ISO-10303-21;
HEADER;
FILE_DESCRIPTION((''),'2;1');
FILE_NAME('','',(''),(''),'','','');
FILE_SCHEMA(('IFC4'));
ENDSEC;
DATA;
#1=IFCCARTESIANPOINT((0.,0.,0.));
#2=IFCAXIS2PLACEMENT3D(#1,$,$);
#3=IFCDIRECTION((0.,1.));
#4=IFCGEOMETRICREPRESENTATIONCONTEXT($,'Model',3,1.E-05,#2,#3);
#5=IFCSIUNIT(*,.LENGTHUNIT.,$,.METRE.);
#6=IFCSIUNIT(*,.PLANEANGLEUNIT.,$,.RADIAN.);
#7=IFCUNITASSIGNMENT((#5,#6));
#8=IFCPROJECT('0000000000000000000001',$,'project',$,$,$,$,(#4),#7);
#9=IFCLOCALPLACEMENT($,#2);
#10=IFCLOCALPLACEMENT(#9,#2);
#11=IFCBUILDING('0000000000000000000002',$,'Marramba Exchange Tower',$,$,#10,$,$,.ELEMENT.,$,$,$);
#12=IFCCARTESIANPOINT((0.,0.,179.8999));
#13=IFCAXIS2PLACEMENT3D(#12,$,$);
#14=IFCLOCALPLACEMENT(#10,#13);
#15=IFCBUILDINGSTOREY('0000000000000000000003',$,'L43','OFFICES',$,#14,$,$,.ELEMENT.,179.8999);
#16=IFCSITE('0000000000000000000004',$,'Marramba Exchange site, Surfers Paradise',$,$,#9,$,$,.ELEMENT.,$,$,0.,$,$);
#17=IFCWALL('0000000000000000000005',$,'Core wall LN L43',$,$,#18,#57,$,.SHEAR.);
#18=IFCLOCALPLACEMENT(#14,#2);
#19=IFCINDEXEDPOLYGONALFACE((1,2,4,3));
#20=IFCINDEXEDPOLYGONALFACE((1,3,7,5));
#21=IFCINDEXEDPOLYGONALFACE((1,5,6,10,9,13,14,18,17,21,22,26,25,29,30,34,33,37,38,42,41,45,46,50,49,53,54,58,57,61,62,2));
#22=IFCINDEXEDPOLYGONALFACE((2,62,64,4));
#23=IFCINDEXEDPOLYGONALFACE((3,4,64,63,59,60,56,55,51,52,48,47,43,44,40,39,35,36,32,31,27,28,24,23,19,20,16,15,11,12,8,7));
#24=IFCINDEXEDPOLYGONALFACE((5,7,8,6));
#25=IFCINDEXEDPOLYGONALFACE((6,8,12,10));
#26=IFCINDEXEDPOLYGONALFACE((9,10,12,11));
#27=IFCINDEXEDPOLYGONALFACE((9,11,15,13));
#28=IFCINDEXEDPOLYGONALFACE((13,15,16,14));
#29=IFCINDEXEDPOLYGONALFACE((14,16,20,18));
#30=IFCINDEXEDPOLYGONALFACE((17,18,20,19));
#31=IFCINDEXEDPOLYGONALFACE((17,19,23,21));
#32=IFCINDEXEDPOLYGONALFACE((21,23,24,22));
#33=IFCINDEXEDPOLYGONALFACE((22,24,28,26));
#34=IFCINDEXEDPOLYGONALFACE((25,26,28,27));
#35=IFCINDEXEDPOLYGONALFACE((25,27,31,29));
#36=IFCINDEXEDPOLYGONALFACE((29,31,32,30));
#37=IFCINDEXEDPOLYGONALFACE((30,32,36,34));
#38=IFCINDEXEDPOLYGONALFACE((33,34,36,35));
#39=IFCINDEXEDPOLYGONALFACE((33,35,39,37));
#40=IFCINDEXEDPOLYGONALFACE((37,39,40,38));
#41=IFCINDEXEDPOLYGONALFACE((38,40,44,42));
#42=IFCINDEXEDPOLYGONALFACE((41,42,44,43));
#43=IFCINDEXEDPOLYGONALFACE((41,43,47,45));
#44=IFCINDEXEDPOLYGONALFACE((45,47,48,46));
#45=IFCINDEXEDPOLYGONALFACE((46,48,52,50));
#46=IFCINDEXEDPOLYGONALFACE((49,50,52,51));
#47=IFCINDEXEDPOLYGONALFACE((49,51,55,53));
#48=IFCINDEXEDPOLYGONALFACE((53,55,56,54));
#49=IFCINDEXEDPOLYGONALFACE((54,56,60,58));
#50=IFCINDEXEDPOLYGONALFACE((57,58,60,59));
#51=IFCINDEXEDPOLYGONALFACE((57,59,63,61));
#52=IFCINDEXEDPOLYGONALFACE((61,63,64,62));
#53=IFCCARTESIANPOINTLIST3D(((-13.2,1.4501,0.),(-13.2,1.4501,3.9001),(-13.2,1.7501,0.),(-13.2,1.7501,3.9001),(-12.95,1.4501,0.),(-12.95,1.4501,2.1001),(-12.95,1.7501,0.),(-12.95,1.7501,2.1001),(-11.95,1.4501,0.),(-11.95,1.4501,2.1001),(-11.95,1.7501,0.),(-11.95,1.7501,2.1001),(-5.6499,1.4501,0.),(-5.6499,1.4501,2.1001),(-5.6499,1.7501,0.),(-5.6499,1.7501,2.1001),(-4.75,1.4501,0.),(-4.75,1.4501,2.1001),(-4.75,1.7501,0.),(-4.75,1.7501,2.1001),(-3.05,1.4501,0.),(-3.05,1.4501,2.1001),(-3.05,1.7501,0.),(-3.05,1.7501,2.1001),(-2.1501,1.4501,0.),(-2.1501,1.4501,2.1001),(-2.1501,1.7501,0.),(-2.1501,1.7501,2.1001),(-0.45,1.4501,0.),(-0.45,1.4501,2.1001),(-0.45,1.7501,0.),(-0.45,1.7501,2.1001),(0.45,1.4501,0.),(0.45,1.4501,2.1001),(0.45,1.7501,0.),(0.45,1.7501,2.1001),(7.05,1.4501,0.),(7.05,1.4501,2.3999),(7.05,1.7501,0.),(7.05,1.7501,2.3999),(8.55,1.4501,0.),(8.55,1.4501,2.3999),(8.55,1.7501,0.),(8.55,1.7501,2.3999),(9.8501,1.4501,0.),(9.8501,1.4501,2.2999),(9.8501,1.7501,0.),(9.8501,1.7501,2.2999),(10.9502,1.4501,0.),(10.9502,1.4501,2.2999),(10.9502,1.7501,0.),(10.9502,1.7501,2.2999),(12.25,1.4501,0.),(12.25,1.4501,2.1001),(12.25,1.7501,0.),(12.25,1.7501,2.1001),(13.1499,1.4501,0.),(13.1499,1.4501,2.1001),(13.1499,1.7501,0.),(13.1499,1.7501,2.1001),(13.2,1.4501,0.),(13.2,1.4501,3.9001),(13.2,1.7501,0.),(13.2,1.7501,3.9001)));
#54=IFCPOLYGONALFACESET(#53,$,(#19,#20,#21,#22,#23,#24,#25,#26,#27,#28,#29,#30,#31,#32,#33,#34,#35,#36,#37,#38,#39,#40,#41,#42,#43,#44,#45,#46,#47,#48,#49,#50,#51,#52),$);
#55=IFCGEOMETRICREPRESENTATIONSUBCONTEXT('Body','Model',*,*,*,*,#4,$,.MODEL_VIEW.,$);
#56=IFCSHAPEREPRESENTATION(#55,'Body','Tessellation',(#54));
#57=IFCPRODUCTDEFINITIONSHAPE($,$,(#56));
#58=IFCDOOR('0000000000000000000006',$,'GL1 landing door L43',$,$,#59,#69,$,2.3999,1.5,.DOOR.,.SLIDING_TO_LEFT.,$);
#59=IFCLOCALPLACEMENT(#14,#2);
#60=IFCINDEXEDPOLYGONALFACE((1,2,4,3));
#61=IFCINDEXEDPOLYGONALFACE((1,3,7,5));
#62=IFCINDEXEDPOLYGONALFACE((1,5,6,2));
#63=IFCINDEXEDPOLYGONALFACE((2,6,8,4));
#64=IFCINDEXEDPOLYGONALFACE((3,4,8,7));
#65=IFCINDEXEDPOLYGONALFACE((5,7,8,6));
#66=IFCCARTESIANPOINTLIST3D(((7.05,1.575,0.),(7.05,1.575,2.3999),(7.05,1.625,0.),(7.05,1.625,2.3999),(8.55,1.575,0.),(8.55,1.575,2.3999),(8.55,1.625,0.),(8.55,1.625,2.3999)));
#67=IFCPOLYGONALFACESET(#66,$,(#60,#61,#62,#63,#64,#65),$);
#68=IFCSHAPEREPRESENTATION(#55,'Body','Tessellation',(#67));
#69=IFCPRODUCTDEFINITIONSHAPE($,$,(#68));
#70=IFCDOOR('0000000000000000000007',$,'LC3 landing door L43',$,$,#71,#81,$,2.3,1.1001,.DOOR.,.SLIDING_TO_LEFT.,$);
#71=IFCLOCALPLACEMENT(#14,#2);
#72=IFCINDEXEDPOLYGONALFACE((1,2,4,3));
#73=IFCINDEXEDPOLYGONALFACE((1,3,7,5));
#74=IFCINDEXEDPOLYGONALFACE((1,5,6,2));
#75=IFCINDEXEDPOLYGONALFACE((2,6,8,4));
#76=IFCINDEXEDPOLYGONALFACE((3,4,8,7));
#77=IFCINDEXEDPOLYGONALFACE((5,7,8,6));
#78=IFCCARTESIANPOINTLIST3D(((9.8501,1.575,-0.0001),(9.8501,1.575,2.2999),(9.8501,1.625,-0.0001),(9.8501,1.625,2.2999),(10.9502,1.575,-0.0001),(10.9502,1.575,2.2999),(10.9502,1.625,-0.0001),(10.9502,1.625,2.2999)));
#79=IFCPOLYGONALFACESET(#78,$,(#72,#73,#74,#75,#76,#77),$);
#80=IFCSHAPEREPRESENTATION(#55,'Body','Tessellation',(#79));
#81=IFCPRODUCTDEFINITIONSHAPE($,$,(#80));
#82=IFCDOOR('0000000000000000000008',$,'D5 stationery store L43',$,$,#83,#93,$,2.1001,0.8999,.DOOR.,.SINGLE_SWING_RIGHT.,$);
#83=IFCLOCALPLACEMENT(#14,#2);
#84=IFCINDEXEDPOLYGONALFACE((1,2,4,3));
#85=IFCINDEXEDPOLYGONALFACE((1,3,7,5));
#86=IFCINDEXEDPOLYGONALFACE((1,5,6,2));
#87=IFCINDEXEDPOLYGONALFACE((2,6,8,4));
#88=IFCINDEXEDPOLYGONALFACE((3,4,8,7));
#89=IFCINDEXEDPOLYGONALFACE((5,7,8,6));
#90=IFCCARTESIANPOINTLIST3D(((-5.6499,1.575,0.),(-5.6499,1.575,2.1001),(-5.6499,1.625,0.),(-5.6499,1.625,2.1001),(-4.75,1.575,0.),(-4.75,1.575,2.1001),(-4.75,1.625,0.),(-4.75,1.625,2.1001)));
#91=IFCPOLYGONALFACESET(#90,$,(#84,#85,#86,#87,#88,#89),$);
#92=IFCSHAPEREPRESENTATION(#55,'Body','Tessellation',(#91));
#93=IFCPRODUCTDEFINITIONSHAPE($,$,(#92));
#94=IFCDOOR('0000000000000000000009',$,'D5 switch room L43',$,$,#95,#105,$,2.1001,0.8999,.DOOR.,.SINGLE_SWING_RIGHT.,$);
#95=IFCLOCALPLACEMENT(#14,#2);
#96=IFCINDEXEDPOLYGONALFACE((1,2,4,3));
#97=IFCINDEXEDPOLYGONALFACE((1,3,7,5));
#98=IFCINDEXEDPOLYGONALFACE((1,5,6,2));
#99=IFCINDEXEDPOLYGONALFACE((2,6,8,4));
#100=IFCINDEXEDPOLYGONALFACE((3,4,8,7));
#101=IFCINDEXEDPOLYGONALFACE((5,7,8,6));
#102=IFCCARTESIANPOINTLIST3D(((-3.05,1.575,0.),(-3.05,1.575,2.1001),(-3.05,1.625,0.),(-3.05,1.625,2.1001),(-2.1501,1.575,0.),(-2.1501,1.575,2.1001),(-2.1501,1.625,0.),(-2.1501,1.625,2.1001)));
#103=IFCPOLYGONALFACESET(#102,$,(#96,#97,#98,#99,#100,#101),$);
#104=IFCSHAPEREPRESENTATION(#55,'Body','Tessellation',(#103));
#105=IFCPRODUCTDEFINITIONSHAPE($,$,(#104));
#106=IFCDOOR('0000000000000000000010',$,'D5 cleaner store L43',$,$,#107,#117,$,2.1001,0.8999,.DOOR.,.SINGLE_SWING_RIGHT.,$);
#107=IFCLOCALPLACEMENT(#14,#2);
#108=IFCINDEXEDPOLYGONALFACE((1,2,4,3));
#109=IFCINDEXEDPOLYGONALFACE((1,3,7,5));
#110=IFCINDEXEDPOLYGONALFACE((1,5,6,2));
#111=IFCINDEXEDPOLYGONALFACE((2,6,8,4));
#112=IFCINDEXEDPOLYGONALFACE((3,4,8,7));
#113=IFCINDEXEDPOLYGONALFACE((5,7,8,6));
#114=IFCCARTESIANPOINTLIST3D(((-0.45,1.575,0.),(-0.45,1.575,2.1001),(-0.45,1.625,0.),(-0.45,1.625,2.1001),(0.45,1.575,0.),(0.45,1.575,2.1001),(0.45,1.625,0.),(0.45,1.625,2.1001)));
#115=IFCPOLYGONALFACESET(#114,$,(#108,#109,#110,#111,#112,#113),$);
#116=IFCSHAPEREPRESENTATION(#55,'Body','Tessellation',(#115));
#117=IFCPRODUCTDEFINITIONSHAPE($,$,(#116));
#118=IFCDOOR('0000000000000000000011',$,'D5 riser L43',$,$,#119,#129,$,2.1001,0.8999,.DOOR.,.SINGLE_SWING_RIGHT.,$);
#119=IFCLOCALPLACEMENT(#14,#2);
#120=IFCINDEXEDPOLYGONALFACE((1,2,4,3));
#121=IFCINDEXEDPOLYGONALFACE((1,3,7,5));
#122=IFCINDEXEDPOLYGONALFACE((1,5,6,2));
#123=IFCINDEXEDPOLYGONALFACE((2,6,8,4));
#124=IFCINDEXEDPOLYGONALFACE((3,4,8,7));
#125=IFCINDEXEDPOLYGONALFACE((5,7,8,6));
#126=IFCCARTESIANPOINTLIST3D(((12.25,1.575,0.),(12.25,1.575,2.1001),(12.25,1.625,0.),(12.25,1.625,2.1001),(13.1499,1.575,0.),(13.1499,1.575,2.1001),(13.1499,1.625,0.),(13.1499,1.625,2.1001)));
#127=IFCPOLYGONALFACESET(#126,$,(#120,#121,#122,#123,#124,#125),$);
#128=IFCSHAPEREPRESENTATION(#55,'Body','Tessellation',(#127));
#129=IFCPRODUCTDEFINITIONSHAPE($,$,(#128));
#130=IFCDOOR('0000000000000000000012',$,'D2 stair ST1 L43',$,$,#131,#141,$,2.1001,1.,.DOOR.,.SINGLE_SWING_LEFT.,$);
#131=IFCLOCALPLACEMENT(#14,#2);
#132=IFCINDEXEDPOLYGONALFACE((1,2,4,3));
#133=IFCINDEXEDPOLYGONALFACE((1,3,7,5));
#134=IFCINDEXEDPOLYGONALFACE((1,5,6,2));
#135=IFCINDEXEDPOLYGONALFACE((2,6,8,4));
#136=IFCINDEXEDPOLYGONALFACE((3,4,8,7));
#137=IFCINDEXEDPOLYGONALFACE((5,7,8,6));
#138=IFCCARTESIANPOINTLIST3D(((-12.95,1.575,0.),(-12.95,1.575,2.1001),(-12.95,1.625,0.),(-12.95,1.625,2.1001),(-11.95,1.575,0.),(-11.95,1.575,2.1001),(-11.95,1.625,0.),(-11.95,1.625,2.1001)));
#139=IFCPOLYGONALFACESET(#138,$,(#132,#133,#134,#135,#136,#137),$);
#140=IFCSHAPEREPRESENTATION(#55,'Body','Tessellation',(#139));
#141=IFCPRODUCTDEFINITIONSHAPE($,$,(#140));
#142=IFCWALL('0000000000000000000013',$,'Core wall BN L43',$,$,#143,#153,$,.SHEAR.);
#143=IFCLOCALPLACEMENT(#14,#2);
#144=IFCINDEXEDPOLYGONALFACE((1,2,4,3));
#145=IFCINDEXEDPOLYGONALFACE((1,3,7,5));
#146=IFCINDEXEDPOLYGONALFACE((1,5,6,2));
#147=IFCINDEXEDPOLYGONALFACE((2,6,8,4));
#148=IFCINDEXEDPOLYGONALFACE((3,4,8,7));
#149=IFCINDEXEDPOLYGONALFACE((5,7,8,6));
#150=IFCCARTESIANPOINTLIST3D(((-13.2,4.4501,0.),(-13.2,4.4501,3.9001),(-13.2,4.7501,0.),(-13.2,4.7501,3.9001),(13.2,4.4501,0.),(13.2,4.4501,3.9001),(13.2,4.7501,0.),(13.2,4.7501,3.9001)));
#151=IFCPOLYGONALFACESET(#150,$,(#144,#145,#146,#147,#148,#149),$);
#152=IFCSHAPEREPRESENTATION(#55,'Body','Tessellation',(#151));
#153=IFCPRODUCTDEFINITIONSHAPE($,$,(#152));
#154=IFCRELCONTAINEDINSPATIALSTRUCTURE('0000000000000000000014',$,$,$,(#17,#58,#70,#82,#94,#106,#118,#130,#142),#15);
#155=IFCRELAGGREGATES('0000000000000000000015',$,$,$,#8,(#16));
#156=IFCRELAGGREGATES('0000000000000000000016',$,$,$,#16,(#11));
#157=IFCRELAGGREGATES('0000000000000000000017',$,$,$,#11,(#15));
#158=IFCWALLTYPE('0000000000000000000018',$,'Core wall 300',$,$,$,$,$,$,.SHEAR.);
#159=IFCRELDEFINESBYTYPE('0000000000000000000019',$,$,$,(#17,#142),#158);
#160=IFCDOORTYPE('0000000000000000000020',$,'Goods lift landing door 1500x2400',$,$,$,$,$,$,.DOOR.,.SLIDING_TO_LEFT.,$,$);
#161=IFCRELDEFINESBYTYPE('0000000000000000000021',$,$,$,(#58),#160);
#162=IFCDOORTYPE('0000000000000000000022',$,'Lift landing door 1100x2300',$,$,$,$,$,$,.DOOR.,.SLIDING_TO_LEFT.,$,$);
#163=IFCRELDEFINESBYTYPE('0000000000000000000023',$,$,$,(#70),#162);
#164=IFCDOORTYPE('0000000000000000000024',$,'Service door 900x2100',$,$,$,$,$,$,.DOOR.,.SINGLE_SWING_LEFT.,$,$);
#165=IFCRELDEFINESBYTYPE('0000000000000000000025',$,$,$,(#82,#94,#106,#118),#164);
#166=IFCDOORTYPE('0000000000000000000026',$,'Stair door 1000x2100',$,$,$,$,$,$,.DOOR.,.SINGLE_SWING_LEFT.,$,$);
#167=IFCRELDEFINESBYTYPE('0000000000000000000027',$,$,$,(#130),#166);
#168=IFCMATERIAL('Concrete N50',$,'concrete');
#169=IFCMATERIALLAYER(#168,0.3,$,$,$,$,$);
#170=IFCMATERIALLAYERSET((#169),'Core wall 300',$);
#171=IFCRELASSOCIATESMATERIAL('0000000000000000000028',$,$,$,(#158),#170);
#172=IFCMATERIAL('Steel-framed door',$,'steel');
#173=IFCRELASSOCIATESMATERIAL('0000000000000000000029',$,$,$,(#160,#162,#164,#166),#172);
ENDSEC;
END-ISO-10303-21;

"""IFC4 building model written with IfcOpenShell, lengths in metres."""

from ifc_helpers import new_model, si_unit, direction, frame, frame_2d, origin, place, context, subcontext, project, spatial, rectangle, extrude, material, layer, layer_set, type_object, element, fill, save


model = new_model("IFC4")

# Units and contexts
model_context = context("Model", 3, precision=1e-05, world=origin(), true_north=direction((0.0, 1.0)))
body_context = subcontext(model_context, "Body", "Model", "MODEL_VIEW")
ifc_project = project(units=[si_unit("LENGTHUNIT", "METRE"), si_unit("PLANEANGLEUNIT", "RADIAN")], contexts=[model_context])

# Site, building, storey
site_placement = place(None, origin())
site = spatial("IfcSite", under=ifc_project, at=site_placement, Name="Marramba Exchange site, Surfers Paradise", CompositionType="ELEMENT", RefElevation=0.0)
building_placement = place(site_placement, origin())
building = spatial("IfcBuilding", under=site, at=building_placement, Name="Marramba Exchange Tower", CompositionType="ELEMENT")
storey_placement = place(building_placement, frame((0.0, 0.0, 179.8999)))
storey = spatial("IfcBuildingStorey", under=building, at=storey_placement, Name="L43", Description="OFFICES", CompositionType="ELEMENT", Elevation=179.8999)

# Shared definitions
ifc_material_1 = material(Name="Concrete N50", Category="concrete")
ifc_material_2 = material(Name="Steel-framed door", Category="steel")

# Wall, openings, doors
ifc_layer_1 = layer(ifc_material_1, 0.3)
ifc_layer_set_1 = layer_set([ifc_layer_1], Name="Core wall 300")
wall_type_1 = type_object("IfcWallType", Name="Core wall 300", PredefinedType="SHEAR", material=ifc_layer_set_1)
wall_1_placement = place(storey_placement, frame((-13.2, 1.6001, 0.0), z_axis=(0.0, 0.0, 1.0), x_axis=(1.0, 0.0, 0.0)))
wall_1 = element("IfcWall", 1, at=wall_1_placement, inside=storey, type_object=wall_type_1, Name="Core wall LN L43", PredefinedType="SHEAR", context=body_context, shape_type="SweptSolid", body=[
    extrude(rectangle(XDim=26.3999, YDim=0.3, at=frame_2d((13.2, 0.0))), origin(), (0.0, 0.0, 1.0), 3.9001),
])
opening_1_placement = place(wall_1_placement, frame((0.25, 0.0, 0.0)))
opening_1 = element("IfcOpeningElement", 2, at=opening_1_placement, cuts=wall_1, PredefinedType="OPENING", context=body_context, shape_type="SweptSolid", body=[
    extrude(rectangle(XDim=1.0, YDim=2.1001, at=frame_2d((0.5, 1.05))), frame((0.0, 0.1599, 0.0), z_axis=(0.0, -1.0, 0.0), x_axis=(1.0, 0.0, 0.0)), (0.0, 0.0, 1.0), 0.3201),
])
opening_2_placement = place(wall_1_placement, frame((23.05, 0.0, 0.0)))
opening_2 = element("IfcOpeningElement", 3, at=opening_2_placement, cuts=wall_1, PredefinedType="OPENING", context=body_context, shape_type="SweptSolid", body=[
    extrude(rectangle(XDim=1.1001, YDim=2.3, at=frame_2d((0.55, 1.1499))), frame((0.0, 0.1599, 0.0), z_axis=(0.0, -1.0, 0.0), x_axis=(1.0, 0.0, 0.0)), (0.0, 0.0, 1.0), 0.3201),
])
opening_3_placement = place(wall_1_placement, frame((20.25, 0.0, 0.0)))
opening_3 = element("IfcOpeningElement", 4, at=opening_3_placement, cuts=wall_1, PredefinedType="OPENING", context=body_context, shape_type="SweptSolid", body=[
    extrude(rectangle(XDim=1.5, YDim=2.3999, at=frame_2d((0.75, 1.2))), frame((0.0, 0.1599, 0.0), z_axis=(0.0, -1.0, 0.0), x_axis=(1.0, 0.0, 0.0)), (0.0, 0.0, 1.0), 0.3201),
])
opening_4_placement = place(wall_1_placement, frame((7.55, 0.0, 0.0)))
opening_4 = element("IfcOpeningElement", 5, at=opening_4_placement, cuts=wall_1, PredefinedType="OPENING", context=body_context, shape_type="SweptSolid", body=[
    extrude(rectangle(XDim=0.8999, YDim=2.1001, at=frame_2d((0.45, 1.05))), frame((0.0, 0.1599, 0.0), z_axis=(0.0, -1.0, 0.0), x_axis=(1.0, 0.0, 0.0)), (0.0, 0.0, 1.0), 0.3201),
])
opening_5_placement = place(wall_1_placement, frame((10.1499, 0.0, 0.0)))
opening_5 = element("IfcOpeningElement", 6, at=opening_5_placement, cuts=wall_1, PredefinedType="OPENING", context=body_context, shape_type="SweptSolid", body=[
    extrude(rectangle(XDim=0.8999, YDim=2.1001, at=frame_2d((0.45, 1.05))), frame((0.0, 0.1599, 0.0), z_axis=(0.0, -1.0, 0.0), x_axis=(1.0, 0.0, 0.0)), (0.0, 0.0, 1.0), 0.3201),
])
opening_6_placement = place(wall_1_placement, frame((12.75, 0.0, 0.0)))
opening_6 = element("IfcOpeningElement", 7, at=opening_6_placement, cuts=wall_1, PredefinedType="OPENING", context=body_context, shape_type="SweptSolid", body=[
    extrude(rectangle(XDim=0.8999, YDim=2.1001, at=frame_2d((0.45, 1.05))), frame((0.0, 0.1599, 0.0), z_axis=(0.0, -1.0, 0.0), x_axis=(1.0, 0.0, 0.0)), (0.0, 0.0, 1.0), 0.3201),
])
opening_7_placement = place(wall_1_placement, frame((25.45, 0.0, 0.0)))
opening_7 = element("IfcOpeningElement", 8, at=opening_7_placement, cuts=wall_1, PredefinedType="OPENING", context=body_context, shape_type="SweptSolid", body=[
    extrude(rectangle(XDim=0.8999, YDim=2.1001, at=frame_2d((0.45, 1.05))), frame((0.0, 0.1599, 0.0), z_axis=(0.0, -1.0, 0.0), x_axis=(1.0, 0.0, 0.0)), (0.0, 0.0, 1.0), 0.3201),
])
door_type_1 = type_object("IfcDoorType", Name="Goods lift landing door 1500x2400", OperationType="SLIDING_TO_LEFT", PredefinedType="DOOR", material=ifc_material_2)
door_1_placement = place(opening_3_placement, origin())
door_1 = element("IfcDoor", 9, at=door_1_placement, inside=storey, type_object=door_type_1, Name="GL1 landing door L43", OperationType="SLIDING_TO_LEFT", OverallHeight=2.3999, OverallWidth=1.5, PredefinedType="DOOR", context=body_context, shape_type="SweptSolid", body=[
    extrude(rectangle(XDim=1.5, YDim=2.3999, at=frame_2d((0.75, 1.2))), frame((0.0, 0.0249, 0.0), z_axis=(0.0, -1.0, 0.0), x_axis=(1.0, 0.0, 0.0)), (0.0, 0.0, 1.0), 0.05),
])
fill(opening_3, door_1)
door_type_2 = type_object("IfcDoorType", Name="Lift landing door 1100x2300", OperationType="SLIDING_TO_LEFT", PredefinedType="DOOR", material=ifc_material_2)
door_2_placement = place(opening_2_placement, origin())
door_2 = element("IfcDoor", 10, at=door_2_placement, inside=storey, type_object=door_type_2, Name="LC3 landing door L43", OperationType="SLIDING_TO_LEFT", OverallHeight=2.3, OverallWidth=1.1001, PredefinedType="DOOR", context=body_context, shape_type="SweptSolid", body=[
    extrude(rectangle(XDim=1.1001, YDim=2.3, at=frame_2d((0.55, 1.1499))), frame((0.0, 0.0249, 0.0), z_axis=(0.0, -1.0, 0.0), x_axis=(1.0, 0.0, 0.0)), (0.0, 0.0, 1.0), 0.05),
])
fill(opening_2, door_2)
door_type_3 = type_object("IfcDoorType", Name="Service door 900x2100", OperationType="SINGLE_SWING_LEFT", PredefinedType="DOOR", material=ifc_material_2)
door_3_placement = place(opening_4_placement, origin())
door_3 = element("IfcDoor", 11, at=door_3_placement, inside=storey, type_object=door_type_3, Name="D5 stationery store L43", OperationType="SINGLE_SWING_RIGHT", OverallHeight=2.1001, OverallWidth=0.8999, PredefinedType="DOOR", context=body_context, shape_type="SweptSolid", body=[
    extrude(rectangle(XDim=0.8999, YDim=2.1001, at=frame_2d((0.45, 1.05))), frame((0.0, 0.0249, 0.0), z_axis=(0.0, -1.0, 0.0), x_axis=(1.0, 0.0, 0.0)), (0.0, 0.0, 1.0), 0.05),
])
fill(opening_4, door_3)
door_4_placement = place(opening_5_placement, origin())
door_4 = element("IfcDoor", 12, at=door_4_placement, inside=storey, type_object=door_type_3, Name="D5 switch room L43", OperationType="SINGLE_SWING_RIGHT", OverallHeight=2.1001, OverallWidth=0.8999, PredefinedType="DOOR", context=body_context, shape_type="SweptSolid", body=[
    extrude(rectangle(XDim=0.8999, YDim=2.1001, at=frame_2d((0.45, 1.05))), frame((0.0, 0.0249, 0.0), z_axis=(0.0, -1.0, 0.0), x_axis=(1.0, 0.0, 0.0)), (0.0, 0.0, 1.0), 0.05),
])
fill(opening_5, door_4)
door_5_placement = place(opening_6_placement, origin())
door_5 = element("IfcDoor", 13, at=door_5_placement, inside=storey, type_object=door_type_3, Name="D5 cleaner store L43", OperationType="SINGLE_SWING_RIGHT", OverallHeight=2.1001, OverallWidth=0.8999, PredefinedType="DOOR", context=body_context, shape_type="SweptSolid", body=[
    extrude(rectangle(XDim=0.8999, YDim=2.1001, at=frame_2d((0.45, 1.05))), frame((0.0, 0.0249, 0.0), z_axis=(0.0, -1.0, 0.0), x_axis=(1.0, 0.0, 0.0)), (0.0, 0.0, 1.0), 0.05),
])
fill(opening_6, door_5)
door_6_placement = place(opening_7_placement, origin())
door_6 = element("IfcDoor", 14, at=door_6_placement, inside=storey, type_object=door_type_3, Name="D5 riser L43", OperationType="SINGLE_SWING_RIGHT", OverallHeight=2.1001, OverallWidth=0.8999, PredefinedType="DOOR", context=body_context, shape_type="SweptSolid", body=[
    extrude(rectangle(XDim=0.8999, YDim=2.1001, at=frame_2d((0.45, 1.05))), frame((0.0, 0.0249, 0.0), z_axis=(0.0, -1.0, 0.0), x_axis=(1.0, 0.0, 0.0)), (0.0, 0.0, 1.0), 0.05),
])
fill(opening_7, door_6)
door_type_4 = type_object("IfcDoorType", Name="Stair door 1000x2100", OperationType="SINGLE_SWING_LEFT", PredefinedType="DOOR", material=ifc_material_2)
door_7_placement = place(opening_1_placement, origin())
door_7 = element("IfcDoor", 15, at=door_7_placement, inside=storey, type_object=door_type_4, Name="D2 stair ST1 L43", OperationType="SINGLE_SWING_LEFT", OverallHeight=2.1001, OverallWidth=1.0, PredefinedType="DOOR", context=body_context, shape_type="SweptSolid", body=[
    extrude(rectangle(XDim=1.0, YDim=2.1001, at=frame_2d((0.5, 1.05))), frame((0.0, 0.0249, 0.0), z_axis=(0.0, -1.0, 0.0), x_axis=(1.0, 0.0, 0.0)), (0.0, 0.0, 1.0), 0.05),
])
fill(opening_1, door_7)

# Wall
wall_2_placement = place(storey_placement, frame((-13.2, 4.6001, 0.0), z_axis=(0.0, 0.0, 1.0), x_axis=(1.0, 0.0, 0.0)))
element("IfcWall", 16, at=wall_2_placement, inside=storey, type_object=wall_type_1, Name="Core wall BN L43", PredefinedType="SHEAR", context=body_context, shape_type="SweptSolid", body=[
    extrude(rectangle(XDim=26.3999, YDim=0.3, at=frame_2d((13.2, 0.0))), origin(), (0.0, 0.0, 1.0), 3.9001),
])

save(model, "model.ifc")
